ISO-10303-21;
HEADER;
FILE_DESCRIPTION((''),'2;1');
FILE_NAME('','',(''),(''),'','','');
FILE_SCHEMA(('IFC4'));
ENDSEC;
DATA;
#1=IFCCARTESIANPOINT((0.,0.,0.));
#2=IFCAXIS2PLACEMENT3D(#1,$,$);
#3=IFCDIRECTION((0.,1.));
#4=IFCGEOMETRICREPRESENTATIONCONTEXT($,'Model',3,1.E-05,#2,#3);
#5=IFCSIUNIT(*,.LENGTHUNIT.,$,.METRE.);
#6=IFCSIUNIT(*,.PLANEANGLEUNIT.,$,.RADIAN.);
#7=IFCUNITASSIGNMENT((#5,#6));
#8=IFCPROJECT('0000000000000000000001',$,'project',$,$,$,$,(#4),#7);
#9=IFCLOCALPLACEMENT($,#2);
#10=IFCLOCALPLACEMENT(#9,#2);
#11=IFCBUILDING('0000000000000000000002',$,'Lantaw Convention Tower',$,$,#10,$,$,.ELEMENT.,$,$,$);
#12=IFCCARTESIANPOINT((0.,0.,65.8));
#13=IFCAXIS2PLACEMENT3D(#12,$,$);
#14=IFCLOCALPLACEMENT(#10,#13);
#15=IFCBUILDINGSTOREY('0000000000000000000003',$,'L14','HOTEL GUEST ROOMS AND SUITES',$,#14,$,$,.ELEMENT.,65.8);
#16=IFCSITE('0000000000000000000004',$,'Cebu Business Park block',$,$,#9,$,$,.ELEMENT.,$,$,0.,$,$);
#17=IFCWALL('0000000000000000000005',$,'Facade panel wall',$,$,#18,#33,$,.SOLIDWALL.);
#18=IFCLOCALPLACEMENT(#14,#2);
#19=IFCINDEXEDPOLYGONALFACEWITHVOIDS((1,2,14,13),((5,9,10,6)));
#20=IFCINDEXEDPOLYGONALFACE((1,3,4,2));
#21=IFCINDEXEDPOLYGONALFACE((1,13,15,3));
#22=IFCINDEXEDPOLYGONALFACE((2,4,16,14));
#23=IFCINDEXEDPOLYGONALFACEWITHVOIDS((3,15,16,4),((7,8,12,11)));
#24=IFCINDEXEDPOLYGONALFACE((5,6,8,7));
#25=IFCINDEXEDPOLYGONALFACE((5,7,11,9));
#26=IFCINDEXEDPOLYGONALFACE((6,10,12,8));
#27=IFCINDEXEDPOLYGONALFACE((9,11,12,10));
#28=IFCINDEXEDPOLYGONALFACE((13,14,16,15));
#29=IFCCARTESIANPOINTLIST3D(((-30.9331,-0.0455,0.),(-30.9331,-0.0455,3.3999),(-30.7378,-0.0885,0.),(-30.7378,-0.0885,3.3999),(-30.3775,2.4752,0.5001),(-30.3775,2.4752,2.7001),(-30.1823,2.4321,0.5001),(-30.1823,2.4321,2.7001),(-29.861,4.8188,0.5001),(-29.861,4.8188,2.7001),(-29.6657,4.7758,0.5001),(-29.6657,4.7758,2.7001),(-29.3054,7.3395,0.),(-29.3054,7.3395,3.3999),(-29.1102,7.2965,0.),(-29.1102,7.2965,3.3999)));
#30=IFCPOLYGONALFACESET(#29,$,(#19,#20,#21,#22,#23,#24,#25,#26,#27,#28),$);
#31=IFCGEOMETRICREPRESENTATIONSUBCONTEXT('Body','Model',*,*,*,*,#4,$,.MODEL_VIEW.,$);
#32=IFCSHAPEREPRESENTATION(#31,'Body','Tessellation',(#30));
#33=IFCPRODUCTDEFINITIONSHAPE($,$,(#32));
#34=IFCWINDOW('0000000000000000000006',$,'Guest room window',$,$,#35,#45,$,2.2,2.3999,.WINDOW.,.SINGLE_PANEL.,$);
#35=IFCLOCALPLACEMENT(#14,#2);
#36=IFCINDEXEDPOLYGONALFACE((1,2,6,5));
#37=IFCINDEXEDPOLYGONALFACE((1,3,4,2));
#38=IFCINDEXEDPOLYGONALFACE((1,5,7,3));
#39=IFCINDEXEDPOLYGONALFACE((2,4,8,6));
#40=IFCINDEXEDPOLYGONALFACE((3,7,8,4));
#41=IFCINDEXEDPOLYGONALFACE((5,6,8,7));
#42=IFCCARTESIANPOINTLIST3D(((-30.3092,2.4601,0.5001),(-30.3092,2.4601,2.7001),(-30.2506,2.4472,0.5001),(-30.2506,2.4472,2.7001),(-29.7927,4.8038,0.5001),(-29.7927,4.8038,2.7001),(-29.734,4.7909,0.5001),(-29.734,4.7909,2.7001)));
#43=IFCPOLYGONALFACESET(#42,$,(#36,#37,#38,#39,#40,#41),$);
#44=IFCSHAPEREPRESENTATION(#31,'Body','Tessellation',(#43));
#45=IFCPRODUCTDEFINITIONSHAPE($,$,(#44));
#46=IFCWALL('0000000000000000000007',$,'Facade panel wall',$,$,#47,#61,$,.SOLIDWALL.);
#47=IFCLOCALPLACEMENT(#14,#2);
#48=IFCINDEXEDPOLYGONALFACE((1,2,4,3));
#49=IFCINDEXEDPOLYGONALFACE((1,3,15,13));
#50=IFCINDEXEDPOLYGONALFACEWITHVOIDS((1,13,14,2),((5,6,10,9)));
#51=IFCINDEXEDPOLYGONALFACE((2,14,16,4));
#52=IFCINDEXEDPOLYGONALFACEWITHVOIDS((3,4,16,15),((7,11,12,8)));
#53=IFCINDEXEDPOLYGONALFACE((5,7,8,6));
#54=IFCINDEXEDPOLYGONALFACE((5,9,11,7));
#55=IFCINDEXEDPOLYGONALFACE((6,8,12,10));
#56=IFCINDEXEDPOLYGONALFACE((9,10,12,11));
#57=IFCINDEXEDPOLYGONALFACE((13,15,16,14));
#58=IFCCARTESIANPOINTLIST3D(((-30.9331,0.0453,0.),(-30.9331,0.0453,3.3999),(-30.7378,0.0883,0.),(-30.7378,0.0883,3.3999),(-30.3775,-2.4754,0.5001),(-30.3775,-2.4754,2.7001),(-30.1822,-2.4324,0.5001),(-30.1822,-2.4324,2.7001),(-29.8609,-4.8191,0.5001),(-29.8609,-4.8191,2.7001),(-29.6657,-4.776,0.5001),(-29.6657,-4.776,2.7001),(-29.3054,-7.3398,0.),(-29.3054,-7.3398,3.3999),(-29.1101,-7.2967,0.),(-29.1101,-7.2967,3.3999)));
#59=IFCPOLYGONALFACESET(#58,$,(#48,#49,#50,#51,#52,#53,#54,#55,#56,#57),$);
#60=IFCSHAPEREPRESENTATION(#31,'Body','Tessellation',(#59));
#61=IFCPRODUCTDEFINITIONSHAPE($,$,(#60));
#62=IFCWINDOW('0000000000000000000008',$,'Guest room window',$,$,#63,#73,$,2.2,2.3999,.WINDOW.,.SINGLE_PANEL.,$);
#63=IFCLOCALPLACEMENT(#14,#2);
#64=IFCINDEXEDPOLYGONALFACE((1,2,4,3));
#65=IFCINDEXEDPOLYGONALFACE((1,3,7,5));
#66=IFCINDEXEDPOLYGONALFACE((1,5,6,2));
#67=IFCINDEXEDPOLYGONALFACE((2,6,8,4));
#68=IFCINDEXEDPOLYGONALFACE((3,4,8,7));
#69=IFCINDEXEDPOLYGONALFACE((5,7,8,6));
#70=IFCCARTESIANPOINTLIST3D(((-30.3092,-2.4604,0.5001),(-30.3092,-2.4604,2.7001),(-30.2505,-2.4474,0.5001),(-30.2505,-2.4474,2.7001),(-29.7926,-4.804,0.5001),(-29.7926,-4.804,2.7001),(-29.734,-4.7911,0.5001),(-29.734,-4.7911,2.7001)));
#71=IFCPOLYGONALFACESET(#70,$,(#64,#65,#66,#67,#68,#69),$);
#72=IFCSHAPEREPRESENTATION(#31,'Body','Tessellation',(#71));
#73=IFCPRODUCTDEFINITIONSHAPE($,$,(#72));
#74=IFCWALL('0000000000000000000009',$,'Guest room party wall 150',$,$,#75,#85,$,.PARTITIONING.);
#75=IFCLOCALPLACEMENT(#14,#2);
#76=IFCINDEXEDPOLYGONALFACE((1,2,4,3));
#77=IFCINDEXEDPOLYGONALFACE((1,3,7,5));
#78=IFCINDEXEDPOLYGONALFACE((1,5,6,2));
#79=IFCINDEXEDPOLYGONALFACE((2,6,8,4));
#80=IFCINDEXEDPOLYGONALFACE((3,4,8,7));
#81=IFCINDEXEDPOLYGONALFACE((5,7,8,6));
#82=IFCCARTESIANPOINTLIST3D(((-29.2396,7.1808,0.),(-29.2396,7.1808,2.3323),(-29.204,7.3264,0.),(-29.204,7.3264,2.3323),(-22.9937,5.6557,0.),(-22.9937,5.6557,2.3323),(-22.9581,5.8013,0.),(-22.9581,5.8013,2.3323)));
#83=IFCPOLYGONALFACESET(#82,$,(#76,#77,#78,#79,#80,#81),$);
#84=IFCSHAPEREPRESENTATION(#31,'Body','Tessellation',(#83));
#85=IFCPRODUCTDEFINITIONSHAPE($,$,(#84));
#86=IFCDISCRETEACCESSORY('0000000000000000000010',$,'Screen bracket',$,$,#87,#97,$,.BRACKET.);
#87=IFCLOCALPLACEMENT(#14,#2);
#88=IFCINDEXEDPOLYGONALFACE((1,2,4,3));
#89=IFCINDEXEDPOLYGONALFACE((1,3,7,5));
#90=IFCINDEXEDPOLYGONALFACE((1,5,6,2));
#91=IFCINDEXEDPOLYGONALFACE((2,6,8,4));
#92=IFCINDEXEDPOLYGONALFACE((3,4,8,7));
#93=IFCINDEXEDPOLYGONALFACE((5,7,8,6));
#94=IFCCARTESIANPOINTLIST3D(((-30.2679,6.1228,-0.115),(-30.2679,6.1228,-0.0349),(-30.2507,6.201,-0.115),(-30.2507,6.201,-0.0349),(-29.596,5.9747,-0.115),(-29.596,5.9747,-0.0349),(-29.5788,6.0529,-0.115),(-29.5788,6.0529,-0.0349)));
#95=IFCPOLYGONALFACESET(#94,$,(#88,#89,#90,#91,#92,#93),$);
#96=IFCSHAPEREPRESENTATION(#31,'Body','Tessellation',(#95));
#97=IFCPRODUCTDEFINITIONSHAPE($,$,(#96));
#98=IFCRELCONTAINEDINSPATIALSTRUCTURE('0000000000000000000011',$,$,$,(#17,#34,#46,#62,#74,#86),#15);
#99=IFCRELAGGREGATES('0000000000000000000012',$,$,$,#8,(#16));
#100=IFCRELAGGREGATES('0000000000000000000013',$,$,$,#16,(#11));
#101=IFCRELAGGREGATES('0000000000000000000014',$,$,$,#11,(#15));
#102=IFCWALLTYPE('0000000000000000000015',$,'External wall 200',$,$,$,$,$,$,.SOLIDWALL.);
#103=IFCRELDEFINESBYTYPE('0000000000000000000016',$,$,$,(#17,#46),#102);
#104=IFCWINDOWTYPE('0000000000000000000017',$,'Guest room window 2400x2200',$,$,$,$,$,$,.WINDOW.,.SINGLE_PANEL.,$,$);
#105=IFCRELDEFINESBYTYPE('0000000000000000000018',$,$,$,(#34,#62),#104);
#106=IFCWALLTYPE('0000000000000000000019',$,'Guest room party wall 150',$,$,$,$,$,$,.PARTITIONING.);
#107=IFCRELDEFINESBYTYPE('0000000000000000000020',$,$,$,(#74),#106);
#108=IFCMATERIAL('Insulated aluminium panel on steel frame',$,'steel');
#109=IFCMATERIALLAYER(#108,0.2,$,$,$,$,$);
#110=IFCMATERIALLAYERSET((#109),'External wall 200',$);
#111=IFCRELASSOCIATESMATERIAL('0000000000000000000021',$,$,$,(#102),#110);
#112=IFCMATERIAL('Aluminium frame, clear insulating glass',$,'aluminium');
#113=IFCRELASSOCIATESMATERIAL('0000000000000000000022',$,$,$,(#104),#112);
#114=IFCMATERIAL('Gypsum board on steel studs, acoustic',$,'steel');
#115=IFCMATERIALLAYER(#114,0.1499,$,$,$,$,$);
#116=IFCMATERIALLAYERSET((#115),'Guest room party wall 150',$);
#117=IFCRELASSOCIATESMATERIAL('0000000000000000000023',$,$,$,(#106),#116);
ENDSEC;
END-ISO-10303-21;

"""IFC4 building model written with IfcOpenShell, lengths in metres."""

from ifc_helpers import new_model, si_unit, direction, frame, frame_2d, origin, origin_2d, place, context, subcontext, project, spatial, rectangle, extrude, material, layer, layer_set, type_object, element, fill, save


model = new_model("IFC4")

# Units and contexts
model_context = context("Model", 3, precision=1e-05, world=origin(), true_north=direction((0.0, 1.0)))
body_context = subcontext(model_context, "Body", "Model", "MODEL_VIEW")
ifc_project = project(units=[si_unit("LENGTHUNIT", "METRE"), si_unit("PLANEANGLEUNIT", "RADIAN")], contexts=[model_context])

# Site, building, storey
site_placement = place(None, origin())
site = spatial("IfcSite", under=ifc_project, at=site_placement, Name="Cebu Business Park block", CompositionType="ELEMENT", RefElevation=0.0)
building_placement = place(site_placement, origin())
building = spatial("IfcBuilding", under=site, at=building_placement, Name="Lantaw Convention Tower", CompositionType="ELEMENT")
storey_placement = place(building_placement, frame((0.0, 0.0, 65.8)))
storey = spatial("IfcBuildingStorey", under=building, at=storey_placement, Name="L14", Description="HOTEL GUEST ROOMS AND SUITES", CompositionType="ELEMENT", Elevation=65.8)

# Walls, openings, windows
ifc_material_1 = material(Name="Insulated aluminium panel on steel frame", Category="steel")
ifc_layer_1 = layer(ifc_material_1, 0.2)
ifc_layer_set_1 = layer_set([ifc_layer_1], Name="External wall 200")
wall_type_1 = type_object("IfcWallType", Name="External wall 200", PredefinedType="SOLIDWALL", material=ifc_layer_set_1)
wall_1_placement = place(storey_placement, frame((-29.2078, 7.3181, 0.0), z_axis=(0.0, 0.0, 1.0), x_axis=(-0.215238, -0.976562, 0.0)))
wall_1 = element("IfcWall", 1, at=wall_1_placement, inside=storey, type_object=wall_type_1, Name="Facade panel wall", PredefinedType="SOLIDWALL", context=body_context, shape_type="SweptSolid", body=[
    extrude(rectangle(XDim=7.5623, YDim=0.2, at=frame_2d((3.7812, 0.0))), origin(), (0.0, 0.0, 1.0), 3.3999),
])
opening_1_placement = place(wall_1_placement, frame((2.5813, 0.0, 0.5)))
opening_1 = element("IfcOpeningElement", 2, at=opening_1_placement, cuts=wall_1, PredefinedType="OPENING", context=body_context, shape_type="SweptSolid", body=[
    extrude(rectangle(XDim=2.3999, YDim=2.2, at=frame_2d((1.2, 1.1001))), frame((0.0, 0.1099, 0.0), z_axis=(0.0, -1.0, 0.0), x_axis=(1.0, 0.0, 0.0)), (0.0, 0.0, 1.0), 0.22),
])
ifc_material_2 = material(Name="Aluminium frame, clear insulating glass", Category="aluminium")
window_type = type_object("IfcWindowType", Name="Guest room window 2400x2200", PartitioningType="SINGLE_PANEL", PredefinedType="WINDOW", material=ifc_material_2)
window_1_placement = place(opening_1_placement, origin())
window_1 = element("IfcWindow", 3, at=window_1_placement, inside=storey, type_object=window_type, Name="Guest room window", OverallHeight=2.2, OverallWidth=2.3999, PartitioningType="SINGLE_PANEL", PredefinedType="WINDOW", context=body_context, shape_type="SweptSolid", body=[
    extrude(rectangle(XDim=2.3999, YDim=2.2, at=frame_2d((1.2, 1.1001))), frame((0.0, 0.03, 0.0), z_axis=(0.0, -1.0, 0.0), x_axis=(1.0, 0.0, 0.0)), (0.0, 0.0, 1.0), 0.0601),
])
fill(opening_1, window_1)
wall_2_placement = place(storey_placement, frame((-30.8354, 0.0669, 0.0), z_axis=(0.0, 0.0, 1.0), x_axis=(0.215238, -0.976562, 0.0)))
wall_2 = element("IfcWall", 4, at=wall_2_placement, inside=storey, type_object=wall_type_1, Name="Facade panel wall", PredefinedType="SOLIDWALL", context=body_context, shape_type="SweptSolid", body=[
    extrude(rectangle(XDim=7.5623, YDim=0.2, at=frame_2d((3.7812, 0.0))), origin(), (0.0, 0.0, 1.0), 3.3999),
])
opening_2_placement = place(wall_2_placement, frame((2.5813, 0.0, 0.5)))
opening_2 = element("IfcOpeningElement", 5, at=opening_2_placement, cuts=wall_2, PredefinedType="OPENING", context=body_context, shape_type="SweptSolid", body=[
    extrude(rectangle(XDim=2.3999, YDim=2.2, at=frame_2d((1.2, 1.1001))), frame((0.0, 0.1099, 0.0), z_axis=(0.0, -1.0, 0.0), x_axis=(1.0, 0.0, 0.0)), (0.0, 0.0, 1.0), 0.22),
])
window_2_placement = place(opening_2_placement, origin())
window_2 = element("IfcWindow", 6, at=window_2_placement, inside=storey, type_object=window_type, Name="Guest room window", OverallHeight=2.2, OverallWidth=2.3999, PartitioningType="SINGLE_PANEL", PredefinedType="WINDOW", context=body_context, shape_type="SweptSolid", body=[
    extrude(rectangle(XDim=2.3999, YDim=2.2, at=frame_2d((1.2, 1.1001))), frame((0.0, 0.03, 0.0), z_axis=(0.0, -1.0, 0.0), x_axis=(1.0, 0.0, 0.0)), (0.0, 0.0, 1.0), 0.0601),
])
fill(opening_2, window_2)

# Wall
ifc_material_3 = material(Name="Gypsum board on steel studs, acoustic", Category="steel")
ifc_layer_2 = layer(ifc_material_3, 0.1499)
ifc_layer_set_2 = layer_set([ifc_layer_2], Name="Guest room party wall 150")
wall_type_2 = type_object("IfcWallType", Name="Guest room party wall 150", PredefinedType="PARTITIONING", material=ifc_layer_set_2)
wall_3_placement = place(storey_placement, frame((-29.2219, 7.2537, 0.0), z_axis=(0.0, 0.0, 1.0), x_axis=(0.971457, -0.237216, 0.0)))
element("IfcWall", 7, at=wall_3_placement, inside=storey, type_object=wall_type_2, Name="Guest room party wall 150", PredefinedType="PARTITIONING", context=body_context, shape_type="SweptSolid", body=[
    extrude(rectangle(XDim=6.4294, YDim=0.1499, at=frame_2d((3.2148, 0.0))), origin(), (0.0, 0.0, 1.0), 2.3323),
])

# Discrete accessory
discrete_accessory_placement = place(storey_placement, frame((-29.9233, 6.0879, -0.115), z_axis=(0.0, 0.0, 1.0), x_axis=(-0.215246, -0.97656, 0.0)))
element("IfcDiscreteAccessory", 8, at=discrete_accessory_placement, inside=storey, Name="Screen bracket", PredefinedType="BRACKET", context=body_context, shape_type="SweptSolid", body=[
    extrude(rectangle(XDim=0.0801, YDim=0.688, at=origin_2d()), origin(), (0.0, 0.0, 1.0), 0.0801),
])

save(model, "model.ifc")
